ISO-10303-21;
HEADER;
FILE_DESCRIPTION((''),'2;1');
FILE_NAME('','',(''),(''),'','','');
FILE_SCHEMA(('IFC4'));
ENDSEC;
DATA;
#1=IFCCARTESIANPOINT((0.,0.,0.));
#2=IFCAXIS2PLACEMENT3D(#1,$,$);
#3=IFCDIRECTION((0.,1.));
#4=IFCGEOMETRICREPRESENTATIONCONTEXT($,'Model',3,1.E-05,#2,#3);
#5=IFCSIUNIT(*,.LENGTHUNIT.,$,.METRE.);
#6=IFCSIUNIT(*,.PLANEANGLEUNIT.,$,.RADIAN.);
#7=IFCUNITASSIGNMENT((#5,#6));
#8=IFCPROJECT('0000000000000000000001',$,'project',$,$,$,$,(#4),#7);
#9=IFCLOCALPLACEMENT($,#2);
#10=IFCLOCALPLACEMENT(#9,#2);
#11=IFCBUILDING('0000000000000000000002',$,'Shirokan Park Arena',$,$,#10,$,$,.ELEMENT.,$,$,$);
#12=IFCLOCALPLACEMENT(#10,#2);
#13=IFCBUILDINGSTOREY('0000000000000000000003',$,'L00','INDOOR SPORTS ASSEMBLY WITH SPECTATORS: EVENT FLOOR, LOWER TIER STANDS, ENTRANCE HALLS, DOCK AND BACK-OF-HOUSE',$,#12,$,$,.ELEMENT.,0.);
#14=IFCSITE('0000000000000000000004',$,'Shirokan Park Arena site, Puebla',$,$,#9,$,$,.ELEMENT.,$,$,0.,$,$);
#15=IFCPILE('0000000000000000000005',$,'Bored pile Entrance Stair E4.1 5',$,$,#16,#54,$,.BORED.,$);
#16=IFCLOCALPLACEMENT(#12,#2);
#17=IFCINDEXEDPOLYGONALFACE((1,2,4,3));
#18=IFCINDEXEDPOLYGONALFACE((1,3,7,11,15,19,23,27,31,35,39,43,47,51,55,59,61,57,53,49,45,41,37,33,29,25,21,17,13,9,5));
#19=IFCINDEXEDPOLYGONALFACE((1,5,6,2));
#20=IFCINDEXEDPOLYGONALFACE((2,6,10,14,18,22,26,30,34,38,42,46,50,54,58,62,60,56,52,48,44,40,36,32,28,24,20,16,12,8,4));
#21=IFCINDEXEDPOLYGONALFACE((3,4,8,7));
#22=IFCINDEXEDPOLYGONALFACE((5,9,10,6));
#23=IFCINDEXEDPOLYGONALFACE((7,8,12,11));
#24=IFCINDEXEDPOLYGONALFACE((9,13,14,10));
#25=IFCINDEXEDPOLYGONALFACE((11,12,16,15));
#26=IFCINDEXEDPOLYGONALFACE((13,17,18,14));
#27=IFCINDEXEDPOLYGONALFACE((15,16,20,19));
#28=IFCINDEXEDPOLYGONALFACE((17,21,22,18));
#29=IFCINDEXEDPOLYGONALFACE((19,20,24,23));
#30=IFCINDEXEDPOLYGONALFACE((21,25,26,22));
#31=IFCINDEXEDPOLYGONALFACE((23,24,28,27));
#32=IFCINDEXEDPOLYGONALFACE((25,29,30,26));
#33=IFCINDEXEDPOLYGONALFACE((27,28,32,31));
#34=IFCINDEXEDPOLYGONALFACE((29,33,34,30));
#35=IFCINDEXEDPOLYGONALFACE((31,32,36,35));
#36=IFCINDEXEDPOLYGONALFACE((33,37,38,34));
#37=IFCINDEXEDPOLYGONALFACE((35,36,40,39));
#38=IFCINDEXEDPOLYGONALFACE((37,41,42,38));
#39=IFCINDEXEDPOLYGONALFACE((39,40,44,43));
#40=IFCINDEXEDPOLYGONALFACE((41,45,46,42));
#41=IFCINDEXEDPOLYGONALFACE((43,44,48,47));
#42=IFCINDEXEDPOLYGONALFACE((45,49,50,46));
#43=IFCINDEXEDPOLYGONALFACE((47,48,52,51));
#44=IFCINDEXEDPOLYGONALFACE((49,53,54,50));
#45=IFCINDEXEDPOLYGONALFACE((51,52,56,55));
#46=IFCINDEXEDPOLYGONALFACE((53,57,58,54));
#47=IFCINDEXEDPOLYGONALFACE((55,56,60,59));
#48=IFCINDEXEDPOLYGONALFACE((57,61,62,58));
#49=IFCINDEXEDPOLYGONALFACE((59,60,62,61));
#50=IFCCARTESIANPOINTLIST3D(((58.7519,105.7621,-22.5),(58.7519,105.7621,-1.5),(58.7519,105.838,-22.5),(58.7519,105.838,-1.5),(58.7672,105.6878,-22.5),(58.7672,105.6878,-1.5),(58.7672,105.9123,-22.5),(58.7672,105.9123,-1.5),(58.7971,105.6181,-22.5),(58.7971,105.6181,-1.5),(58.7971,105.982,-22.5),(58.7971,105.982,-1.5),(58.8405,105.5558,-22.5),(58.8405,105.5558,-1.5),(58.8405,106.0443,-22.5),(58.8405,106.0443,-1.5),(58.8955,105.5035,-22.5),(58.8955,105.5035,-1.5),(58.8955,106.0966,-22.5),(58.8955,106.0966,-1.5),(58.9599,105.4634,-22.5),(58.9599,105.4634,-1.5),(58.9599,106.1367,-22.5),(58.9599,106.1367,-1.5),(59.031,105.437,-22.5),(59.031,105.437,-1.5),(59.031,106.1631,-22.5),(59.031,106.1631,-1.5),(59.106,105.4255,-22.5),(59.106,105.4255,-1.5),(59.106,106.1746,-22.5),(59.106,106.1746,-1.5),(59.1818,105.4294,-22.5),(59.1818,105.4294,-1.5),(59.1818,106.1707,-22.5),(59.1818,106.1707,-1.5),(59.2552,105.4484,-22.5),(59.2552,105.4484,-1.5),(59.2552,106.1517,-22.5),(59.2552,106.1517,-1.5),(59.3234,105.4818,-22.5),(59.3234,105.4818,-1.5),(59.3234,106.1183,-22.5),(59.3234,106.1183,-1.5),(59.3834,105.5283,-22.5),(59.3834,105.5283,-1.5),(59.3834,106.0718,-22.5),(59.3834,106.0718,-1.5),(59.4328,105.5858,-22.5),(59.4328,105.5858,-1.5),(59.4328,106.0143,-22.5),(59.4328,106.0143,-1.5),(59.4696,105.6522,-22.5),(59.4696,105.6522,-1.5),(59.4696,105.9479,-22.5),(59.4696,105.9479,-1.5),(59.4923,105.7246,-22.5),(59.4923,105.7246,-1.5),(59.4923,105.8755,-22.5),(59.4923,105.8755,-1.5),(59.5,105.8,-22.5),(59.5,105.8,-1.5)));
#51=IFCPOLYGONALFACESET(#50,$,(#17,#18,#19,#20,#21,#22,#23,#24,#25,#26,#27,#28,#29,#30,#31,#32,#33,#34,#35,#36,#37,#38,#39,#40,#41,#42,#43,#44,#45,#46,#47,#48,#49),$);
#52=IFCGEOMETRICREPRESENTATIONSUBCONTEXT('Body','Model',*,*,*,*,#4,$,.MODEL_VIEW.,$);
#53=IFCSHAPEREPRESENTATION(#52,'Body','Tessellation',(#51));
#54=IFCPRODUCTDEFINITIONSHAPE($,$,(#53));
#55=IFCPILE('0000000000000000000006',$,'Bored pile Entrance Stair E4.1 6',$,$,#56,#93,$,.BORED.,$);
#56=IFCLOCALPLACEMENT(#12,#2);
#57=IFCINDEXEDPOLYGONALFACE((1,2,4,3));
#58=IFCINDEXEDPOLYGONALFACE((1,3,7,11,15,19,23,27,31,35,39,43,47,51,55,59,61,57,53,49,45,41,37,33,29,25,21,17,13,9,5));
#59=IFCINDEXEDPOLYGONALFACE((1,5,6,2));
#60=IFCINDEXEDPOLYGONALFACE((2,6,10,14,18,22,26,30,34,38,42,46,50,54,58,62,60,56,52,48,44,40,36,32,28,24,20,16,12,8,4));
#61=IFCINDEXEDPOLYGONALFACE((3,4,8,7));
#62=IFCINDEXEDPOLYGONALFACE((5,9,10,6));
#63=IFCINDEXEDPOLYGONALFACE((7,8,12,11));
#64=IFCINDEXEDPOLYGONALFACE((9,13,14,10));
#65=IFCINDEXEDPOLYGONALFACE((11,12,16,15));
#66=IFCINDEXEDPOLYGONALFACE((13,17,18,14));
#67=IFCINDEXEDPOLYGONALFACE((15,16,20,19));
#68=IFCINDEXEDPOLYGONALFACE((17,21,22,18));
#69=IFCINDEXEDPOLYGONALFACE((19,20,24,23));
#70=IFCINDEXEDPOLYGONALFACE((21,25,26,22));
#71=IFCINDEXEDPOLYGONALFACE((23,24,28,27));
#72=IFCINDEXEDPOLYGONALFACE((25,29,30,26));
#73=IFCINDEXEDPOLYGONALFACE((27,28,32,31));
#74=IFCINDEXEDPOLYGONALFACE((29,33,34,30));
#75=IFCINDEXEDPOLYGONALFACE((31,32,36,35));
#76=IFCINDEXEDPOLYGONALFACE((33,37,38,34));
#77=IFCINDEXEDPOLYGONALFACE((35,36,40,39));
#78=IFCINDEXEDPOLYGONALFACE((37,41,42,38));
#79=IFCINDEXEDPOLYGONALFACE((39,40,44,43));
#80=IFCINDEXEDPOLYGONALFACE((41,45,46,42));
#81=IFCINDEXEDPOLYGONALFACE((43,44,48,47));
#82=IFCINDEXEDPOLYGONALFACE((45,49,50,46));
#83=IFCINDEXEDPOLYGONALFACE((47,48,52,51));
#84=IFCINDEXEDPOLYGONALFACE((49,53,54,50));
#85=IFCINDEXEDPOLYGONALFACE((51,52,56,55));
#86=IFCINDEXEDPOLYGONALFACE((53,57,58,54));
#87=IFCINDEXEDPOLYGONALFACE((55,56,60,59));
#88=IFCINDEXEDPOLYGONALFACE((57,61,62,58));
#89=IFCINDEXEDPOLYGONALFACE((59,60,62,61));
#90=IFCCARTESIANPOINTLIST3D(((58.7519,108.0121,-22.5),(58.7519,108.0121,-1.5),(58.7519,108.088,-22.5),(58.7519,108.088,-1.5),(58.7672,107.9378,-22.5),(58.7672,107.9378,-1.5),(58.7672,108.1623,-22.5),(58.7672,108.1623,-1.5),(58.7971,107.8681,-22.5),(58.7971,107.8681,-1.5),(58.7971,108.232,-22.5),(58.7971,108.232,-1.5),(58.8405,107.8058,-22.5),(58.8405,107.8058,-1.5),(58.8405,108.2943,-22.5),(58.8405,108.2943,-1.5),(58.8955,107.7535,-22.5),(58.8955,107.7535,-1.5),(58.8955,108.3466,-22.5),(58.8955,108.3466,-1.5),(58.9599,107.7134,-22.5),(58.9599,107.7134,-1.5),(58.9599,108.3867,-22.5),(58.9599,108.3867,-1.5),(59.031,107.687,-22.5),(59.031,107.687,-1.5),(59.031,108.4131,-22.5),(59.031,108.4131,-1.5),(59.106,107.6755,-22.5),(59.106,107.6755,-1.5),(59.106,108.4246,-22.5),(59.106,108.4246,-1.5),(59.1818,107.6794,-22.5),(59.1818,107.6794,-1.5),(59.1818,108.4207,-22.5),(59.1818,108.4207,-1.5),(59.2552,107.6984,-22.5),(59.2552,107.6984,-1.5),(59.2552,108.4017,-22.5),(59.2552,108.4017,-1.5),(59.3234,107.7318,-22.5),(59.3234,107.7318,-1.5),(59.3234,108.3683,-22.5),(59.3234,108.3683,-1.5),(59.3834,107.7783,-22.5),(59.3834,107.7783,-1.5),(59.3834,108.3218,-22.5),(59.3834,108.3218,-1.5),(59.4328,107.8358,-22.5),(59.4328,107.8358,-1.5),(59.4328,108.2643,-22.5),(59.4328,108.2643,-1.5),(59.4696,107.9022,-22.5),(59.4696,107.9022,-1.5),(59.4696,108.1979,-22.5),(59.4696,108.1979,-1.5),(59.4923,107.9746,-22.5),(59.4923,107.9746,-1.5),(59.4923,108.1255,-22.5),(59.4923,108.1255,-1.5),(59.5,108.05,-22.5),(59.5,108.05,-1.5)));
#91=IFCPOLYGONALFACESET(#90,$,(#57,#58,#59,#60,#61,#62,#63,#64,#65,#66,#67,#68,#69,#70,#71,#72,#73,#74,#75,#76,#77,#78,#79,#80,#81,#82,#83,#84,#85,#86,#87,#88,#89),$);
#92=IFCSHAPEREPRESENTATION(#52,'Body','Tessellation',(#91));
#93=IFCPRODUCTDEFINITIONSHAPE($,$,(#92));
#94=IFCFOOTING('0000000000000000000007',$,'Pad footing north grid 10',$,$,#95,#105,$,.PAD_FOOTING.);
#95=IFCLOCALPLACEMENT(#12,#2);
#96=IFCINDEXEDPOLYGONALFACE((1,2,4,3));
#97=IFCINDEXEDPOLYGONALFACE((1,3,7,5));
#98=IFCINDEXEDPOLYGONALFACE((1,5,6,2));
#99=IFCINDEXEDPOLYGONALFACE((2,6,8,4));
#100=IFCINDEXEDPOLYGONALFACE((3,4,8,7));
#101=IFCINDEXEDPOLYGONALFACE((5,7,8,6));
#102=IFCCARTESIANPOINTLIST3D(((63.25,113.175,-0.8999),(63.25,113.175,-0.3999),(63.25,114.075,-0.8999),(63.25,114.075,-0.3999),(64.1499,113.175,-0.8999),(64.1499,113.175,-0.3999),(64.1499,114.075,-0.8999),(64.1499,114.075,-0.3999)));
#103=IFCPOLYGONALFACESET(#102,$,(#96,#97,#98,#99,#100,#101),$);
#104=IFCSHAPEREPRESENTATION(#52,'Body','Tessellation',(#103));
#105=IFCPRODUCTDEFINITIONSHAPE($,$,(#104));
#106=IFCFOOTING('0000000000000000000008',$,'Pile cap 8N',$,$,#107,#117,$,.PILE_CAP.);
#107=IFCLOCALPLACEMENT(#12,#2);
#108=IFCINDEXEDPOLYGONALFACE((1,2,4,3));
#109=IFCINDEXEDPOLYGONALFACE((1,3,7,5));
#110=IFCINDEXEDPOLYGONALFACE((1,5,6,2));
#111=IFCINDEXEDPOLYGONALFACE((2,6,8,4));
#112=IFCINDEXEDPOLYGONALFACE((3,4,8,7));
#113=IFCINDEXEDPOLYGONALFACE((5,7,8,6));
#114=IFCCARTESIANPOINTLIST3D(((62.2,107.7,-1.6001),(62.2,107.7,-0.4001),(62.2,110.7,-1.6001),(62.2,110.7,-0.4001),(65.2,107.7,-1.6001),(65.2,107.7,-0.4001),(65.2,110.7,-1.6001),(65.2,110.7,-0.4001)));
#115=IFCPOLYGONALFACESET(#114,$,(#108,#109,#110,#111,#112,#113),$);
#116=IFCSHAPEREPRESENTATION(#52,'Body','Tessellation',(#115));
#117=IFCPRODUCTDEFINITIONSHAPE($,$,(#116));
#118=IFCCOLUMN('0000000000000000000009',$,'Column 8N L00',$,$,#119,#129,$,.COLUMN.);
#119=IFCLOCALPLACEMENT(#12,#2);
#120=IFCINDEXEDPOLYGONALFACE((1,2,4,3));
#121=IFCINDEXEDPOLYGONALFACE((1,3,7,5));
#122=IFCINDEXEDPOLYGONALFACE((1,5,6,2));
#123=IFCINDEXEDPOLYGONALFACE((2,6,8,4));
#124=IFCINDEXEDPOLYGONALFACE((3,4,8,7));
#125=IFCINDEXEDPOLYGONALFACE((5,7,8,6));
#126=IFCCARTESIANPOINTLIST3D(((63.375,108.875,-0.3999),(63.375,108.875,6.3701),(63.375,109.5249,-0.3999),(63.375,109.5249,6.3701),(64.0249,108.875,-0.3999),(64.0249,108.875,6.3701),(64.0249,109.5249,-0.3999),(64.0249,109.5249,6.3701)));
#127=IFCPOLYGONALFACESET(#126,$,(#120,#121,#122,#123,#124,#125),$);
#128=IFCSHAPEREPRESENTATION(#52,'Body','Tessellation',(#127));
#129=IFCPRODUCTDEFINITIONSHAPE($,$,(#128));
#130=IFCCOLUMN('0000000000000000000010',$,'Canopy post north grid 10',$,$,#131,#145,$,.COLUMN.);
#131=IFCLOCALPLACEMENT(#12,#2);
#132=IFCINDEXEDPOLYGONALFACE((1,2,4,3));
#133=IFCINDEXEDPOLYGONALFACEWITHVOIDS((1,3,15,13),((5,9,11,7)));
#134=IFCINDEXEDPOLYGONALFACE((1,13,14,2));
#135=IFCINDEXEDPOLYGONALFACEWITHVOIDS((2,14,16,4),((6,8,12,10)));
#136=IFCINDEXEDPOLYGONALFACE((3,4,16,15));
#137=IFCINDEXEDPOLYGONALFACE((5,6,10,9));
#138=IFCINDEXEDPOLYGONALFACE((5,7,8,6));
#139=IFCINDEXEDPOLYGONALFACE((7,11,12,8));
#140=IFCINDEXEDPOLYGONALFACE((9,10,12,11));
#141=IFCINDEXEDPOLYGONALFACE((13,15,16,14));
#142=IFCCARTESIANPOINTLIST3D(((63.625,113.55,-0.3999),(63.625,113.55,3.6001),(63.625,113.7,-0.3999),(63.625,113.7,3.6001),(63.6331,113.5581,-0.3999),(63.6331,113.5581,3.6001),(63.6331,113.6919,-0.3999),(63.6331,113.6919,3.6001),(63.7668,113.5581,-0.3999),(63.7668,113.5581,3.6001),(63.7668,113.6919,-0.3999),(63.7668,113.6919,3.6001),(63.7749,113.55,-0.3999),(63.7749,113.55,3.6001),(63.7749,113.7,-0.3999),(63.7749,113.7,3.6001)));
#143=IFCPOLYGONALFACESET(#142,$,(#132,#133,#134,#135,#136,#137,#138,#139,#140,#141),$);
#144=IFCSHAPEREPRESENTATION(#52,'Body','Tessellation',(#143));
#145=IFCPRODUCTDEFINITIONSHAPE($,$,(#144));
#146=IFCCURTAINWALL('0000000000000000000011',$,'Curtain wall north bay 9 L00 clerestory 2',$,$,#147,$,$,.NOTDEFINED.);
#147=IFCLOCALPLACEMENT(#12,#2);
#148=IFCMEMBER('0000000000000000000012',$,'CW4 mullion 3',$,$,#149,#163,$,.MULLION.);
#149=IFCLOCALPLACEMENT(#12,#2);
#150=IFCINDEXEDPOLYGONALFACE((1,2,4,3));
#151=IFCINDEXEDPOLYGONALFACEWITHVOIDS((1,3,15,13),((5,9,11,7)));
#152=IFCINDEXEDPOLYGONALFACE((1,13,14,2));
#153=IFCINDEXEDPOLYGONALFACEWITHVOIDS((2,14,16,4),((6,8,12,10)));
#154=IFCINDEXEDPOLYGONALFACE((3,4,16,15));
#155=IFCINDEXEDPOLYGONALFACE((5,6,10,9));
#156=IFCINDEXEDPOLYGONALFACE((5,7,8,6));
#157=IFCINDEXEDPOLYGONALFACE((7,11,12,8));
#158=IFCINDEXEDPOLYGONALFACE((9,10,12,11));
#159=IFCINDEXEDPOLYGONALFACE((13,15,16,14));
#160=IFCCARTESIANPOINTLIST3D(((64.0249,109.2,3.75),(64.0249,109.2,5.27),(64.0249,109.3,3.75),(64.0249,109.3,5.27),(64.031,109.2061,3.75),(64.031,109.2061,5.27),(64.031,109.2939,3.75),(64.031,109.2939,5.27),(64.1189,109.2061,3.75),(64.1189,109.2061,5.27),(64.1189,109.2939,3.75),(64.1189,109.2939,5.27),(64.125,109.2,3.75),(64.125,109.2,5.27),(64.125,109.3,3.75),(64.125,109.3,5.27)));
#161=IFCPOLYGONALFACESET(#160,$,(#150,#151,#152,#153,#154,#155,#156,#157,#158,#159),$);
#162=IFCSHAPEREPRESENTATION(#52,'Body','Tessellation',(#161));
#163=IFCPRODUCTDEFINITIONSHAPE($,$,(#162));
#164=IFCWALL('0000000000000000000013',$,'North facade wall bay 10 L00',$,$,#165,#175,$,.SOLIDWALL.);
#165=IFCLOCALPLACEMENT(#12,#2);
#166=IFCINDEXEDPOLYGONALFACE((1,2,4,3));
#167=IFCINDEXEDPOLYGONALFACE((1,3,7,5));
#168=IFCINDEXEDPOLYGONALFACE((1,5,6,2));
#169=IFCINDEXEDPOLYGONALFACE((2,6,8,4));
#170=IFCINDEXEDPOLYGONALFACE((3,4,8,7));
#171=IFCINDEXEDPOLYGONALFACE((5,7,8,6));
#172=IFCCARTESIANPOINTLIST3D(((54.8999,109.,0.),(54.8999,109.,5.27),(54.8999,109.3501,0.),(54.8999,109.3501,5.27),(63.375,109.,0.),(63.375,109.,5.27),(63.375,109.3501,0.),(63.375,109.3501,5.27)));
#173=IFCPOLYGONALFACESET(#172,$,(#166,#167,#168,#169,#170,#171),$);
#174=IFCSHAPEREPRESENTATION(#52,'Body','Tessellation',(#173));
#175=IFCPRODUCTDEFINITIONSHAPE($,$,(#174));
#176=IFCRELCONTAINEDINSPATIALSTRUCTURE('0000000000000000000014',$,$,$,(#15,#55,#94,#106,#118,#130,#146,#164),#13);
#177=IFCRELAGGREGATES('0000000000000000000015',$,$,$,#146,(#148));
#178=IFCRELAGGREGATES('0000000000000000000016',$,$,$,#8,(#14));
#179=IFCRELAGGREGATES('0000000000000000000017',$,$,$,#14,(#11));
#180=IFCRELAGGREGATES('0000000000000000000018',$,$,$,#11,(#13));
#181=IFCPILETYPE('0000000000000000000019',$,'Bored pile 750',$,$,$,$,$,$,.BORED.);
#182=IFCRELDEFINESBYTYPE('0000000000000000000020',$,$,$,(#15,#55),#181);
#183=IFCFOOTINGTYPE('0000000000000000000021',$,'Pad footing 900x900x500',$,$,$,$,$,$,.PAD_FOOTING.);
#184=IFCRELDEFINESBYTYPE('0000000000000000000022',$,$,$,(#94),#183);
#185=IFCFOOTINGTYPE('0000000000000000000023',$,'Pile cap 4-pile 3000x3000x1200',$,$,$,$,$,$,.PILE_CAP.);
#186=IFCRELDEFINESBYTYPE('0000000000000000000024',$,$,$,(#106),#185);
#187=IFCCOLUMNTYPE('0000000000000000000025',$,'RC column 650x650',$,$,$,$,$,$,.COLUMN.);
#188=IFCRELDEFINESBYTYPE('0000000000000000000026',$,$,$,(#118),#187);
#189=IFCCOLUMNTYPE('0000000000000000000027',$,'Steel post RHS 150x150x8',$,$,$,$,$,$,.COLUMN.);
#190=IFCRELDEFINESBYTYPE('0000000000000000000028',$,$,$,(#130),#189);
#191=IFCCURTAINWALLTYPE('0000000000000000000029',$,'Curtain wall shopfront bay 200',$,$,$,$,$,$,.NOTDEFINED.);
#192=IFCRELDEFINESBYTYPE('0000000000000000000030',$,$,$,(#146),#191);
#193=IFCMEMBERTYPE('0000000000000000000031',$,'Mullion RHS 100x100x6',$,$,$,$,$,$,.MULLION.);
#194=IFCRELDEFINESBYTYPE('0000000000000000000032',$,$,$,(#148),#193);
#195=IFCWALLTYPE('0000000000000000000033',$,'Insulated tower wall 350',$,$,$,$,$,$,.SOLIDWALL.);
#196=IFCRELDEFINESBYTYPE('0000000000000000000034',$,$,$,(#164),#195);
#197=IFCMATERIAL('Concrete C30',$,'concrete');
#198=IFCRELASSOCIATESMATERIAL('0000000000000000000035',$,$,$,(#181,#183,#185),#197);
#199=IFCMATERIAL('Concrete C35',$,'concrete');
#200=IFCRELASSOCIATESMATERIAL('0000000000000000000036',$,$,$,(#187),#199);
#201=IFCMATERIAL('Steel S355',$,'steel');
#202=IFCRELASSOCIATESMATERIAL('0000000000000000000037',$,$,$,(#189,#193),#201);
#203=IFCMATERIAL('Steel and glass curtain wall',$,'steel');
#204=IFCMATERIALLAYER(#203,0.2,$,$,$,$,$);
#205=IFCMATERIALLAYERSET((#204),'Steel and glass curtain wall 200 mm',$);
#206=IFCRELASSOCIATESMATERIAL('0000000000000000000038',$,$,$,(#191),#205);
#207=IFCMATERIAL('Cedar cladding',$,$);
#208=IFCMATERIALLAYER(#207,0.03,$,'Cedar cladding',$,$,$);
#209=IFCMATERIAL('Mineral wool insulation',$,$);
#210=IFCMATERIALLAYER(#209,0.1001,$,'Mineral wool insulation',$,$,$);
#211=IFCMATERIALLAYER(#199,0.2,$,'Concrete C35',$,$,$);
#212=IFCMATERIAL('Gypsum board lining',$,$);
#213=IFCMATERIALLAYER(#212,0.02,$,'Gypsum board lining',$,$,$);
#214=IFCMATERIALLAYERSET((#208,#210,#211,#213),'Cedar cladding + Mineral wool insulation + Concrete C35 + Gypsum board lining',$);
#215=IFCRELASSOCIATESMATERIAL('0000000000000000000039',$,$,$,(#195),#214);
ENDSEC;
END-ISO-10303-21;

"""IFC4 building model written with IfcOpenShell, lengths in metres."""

from ifc_helpers import new_model, si_unit, direction, frame, frame_2d, origin, origin_2d, place, context, subcontext, project, spatial, rectangle, hollow_rectangle, circle, extrude, material, layer, layer_set, material_profile, profile_set, type_object, element, aggregate, save


model = new_model("IFC4")

# Units and contexts
model_context = context("Model", 3, precision=1e-05, world=origin(), true_north=direction((0.0, 1.0)))
body_context = subcontext(model_context, "Body", "Model", "MODEL_VIEW")
ifc_project = project(units=[si_unit("LENGTHUNIT", "METRE"), si_unit("PLANEANGLEUNIT", "RADIAN")], contexts=[model_context])

# Site, building, storey
site_placement = place(None, origin())
site = spatial("IfcSite", under=ifc_project, at=site_placement, Name="Shirokan Park Arena site, Puebla", CompositionType="ELEMENT", RefElevation=0.0)
building_placement = place(site_placement, origin())
building = spatial("IfcBuilding", under=site, at=building_placement, Name="Shirokan Park Arena", CompositionType="ELEMENT")
storey_placement = place(building_placement, origin())
storey = spatial("IfcBuildingStorey", under=building, at=storey_placement, Name="L00", Description="INDOOR SPORTS ASSEMBLY WITH SPECTATORS: EVENT FLOOR, LOWER TIER STANDS, ENTRANCE HALLS, DOCK AND BACK-OF-HOUSE", CompositionType="ELEMENT", Elevation=0.0)

# Piles
ifc_material_1 = material(Name="Concrete C30", Category="concrete")
ifc_material_profile_1 = material_profile(ifc_material_1, circle(Radius=0.375, at=origin_2d()), Name="D750")
ifc_profile_set_1 = profile_set([ifc_material_profile_1], Name="Concrete C30")
pile_type_1 = type_object("IfcPileType", Name="Bored pile 750", PredefinedType="BORED", material=ifc_profile_set_1)
for number, where, z_axis, x_axis, name in (
    (1, (59.125, 105.8, -1.5), (0.0, 0.0, -1.0), (1.0, 0.0, 0.0), "Bored pile Entrance Stair E4.1 5"),
    (2, (59.125, 108.05, -1.5), (0.0, 0.0, -1.0), (1.0, 0.0, 0.0), "Bored pile Entrance Stair E4.1 6"),
):
    element("IfcPile", number, at=place(storey_placement, frame(where, z_axis=z_axis, x_axis=x_axis)), inside=storey, type_object=pile_type_1, Name=name, PredefinedType="BORED", context=body_context, shape_type="SweptSolid", body=[
        extrude(circle(Radius=0.375, at=origin_2d()), origin(), (0.0, 0.0, 1.0), 21.0),
    ])

# Footings
footing_type_1 = type_object("IfcFootingType", Name="Pad footing 900x900x500", PredefinedType="PAD_FOOTING", material=ifc_material_1)
footing_1_placement = place(storey_placement, frame((63.7, 113.625, -0.8999), z_axis=(0.0, 0.0, 1.0), x_axis=(1.0, 0.0, 0.0)))
element("IfcFooting", 3, at=footing_1_placement, inside=storey, type_object=footing_type_1, Name="Pad footing north grid 10", PredefinedType="PAD_FOOTING", context=body_context, shape_type="SweptSolid", body=[
    extrude(rectangle(XDim=0.8999, YDim=0.8999, at=origin_2d()), origin(), (0.0, 0.0, 1.0), 0.5),
])
footing_type_2 = type_object("IfcFootingType", Name="Pile cap 4-pile 3000x3000x1200", PredefinedType="PILE_CAP", material=ifc_material_1)
footing_2_placement = place(storey_placement, frame((63.7, 109.2, -1.6001), z_axis=(0.0, 0.0, 1.0), x_axis=(1.0, 0.0, 0.0)))
element("IfcFooting", 4, at=footing_2_placement, inside=storey, type_object=footing_type_2, Name="Pile cap 8N", PredefinedType="PILE_CAP", context=body_context, shape_type="SweptSolid", body=[
    extrude(rectangle(XDim=3.0, YDim=3.0, at=origin_2d()), origin(), (0.0, 0.0, 1.0), 1.2),
])

# Columns
ifc_material_2 = material(Name="Concrete C35", Category="concrete")
ifc_material_profile_2 = material_profile(ifc_material_2, rectangle(XDim=0.6499, YDim=0.6499, at=origin_2d()), Name="650x650")
ifc_profile_set_2 = profile_set([ifc_material_profile_2], Name="Concrete C35")
column_type_1 = type_object("IfcColumnType", Name="RC column 650x650", PredefinedType="COLUMN", material=ifc_profile_set_2)
column_1_placement = place(storey_placement, frame((63.7, 109.2, -0.3999), z_axis=(0.0, 0.0, 1.0), x_axis=(1.0, 0.0, 0.0)))
element("IfcColumn", 5, at=column_1_placement, inside=storey, type_object=column_type_1, Name="Column 8N L00", PredefinedType="COLUMN", context=body_context, shape_type="SweptSolid", body=[
    extrude(rectangle(XDim=0.6499, YDim=0.6499, at=origin_2d()), origin(), (0.0, 0.0, 1.0), 6.77),
])
ifc_material_3 = material(Name="Steel S355", Category="steel")
ifc_material_profile_3 = material_profile(ifc_material_3, hollow_rectangle(XDim=0.1499, YDim=0.1499, WallThickness=0.0081, at=origin_2d()), Name="RHS 150x150x8")
ifc_profile_set_3 = profile_set([ifc_material_profile_3], Name="Steel S355")
column_type_2 = type_object("IfcColumnType", Name="Steel post RHS 150x150x8", PredefinedType="COLUMN", material=ifc_profile_set_3)
column_2_placement = place(storey_placement, frame((63.7, 113.625, -0.3999), z_axis=(0.0, 0.0, 1.0), x_axis=(1.0, 0.0, 0.0)))
element("IfcColumn", 6, at=column_2_placement, inside=storey, type_object=column_type_2, Name="Canopy post north grid 10", PredefinedType="COLUMN", context=body_context, shape_type="SweptSolid", body=[
    extrude(hollow_rectangle(XDim=0.1499, YDim=0.1499, WallThickness=0.0081, at=origin_2d()), origin(), (0.0, 0.0, 1.0), 4.0),
])

# Curtain wall, member
ifc_material_4 = material(Name="Steel and glass curtain wall", Category="steel")
ifc_layer_1 = layer(ifc_material_4, 0.2)
ifc_layer_set_1 = layer_set([ifc_layer_1], Name="Steel and glass curtain wall 200 mm")
curtain_wall_type = type_object("IfcCurtainWallType", Name="Curtain wall shopfront bay 200", PredefinedType="NOTDEFINED", material=ifc_layer_set_1)
curtain_wall_placement = place(storey_placement, origin())
curtain_wall = element("IfcCurtainWall", 7, at=curtain_wall_placement, inside=storey, type_object=curtain_wall_type, Name="Curtain wall north bay 9 L00 clerestory 2", PredefinedType="NOTDEFINED")
ifc_material_profile_4 = material_profile(ifc_material_3, hollow_rectangle(XDim=0.1001, YDim=0.1001, WallThickness=0.0061, at=origin_2d()), Name="RHS 100x100x6")
ifc_profile_set_4 = profile_set([ifc_material_profile_4], Name="Steel S355")
member_type = type_object("IfcMemberType", Name="Mullion RHS 100x100x6", PredefinedType="MULLION", material=ifc_profile_set_4)
member_placement = place(storey_placement, frame((64.075, 109.25, 3.75), z_axis=(0.0, 0.0, 1.0), x_axis=(0.0, -1.0, 0.0)))
member = element("IfcMember", 8, at=member_placement, type_object=member_type, Name="CW4 mullion 3", PredefinedType="MULLION", context=body_context, shape_type="SweptSolid", body=[
    extrude(hollow_rectangle(XDim=0.1001, YDim=0.1001, WallThickness=0.0061, at=origin_2d()), origin(), (0.0, 0.0, 1.0), 1.52),
])
aggregate(curtain_wall, [member])

# Wall
ifc_material_5 = material(Name="Cedar cladding")
ifc_layer_2 = layer(ifc_material_5, 0.03, Name="Cedar cladding")
ifc_material_6 = material(Name="Mineral wool insulation")
ifc_layer_3 = layer(ifc_material_6, 0.1001, Name="Mineral wool insulation")
ifc_layer_4 = layer(ifc_material_2, 0.2, Name="Concrete C35")
ifc_material_7 = material(Name="Gypsum board lining")
ifc_layer_5 = layer(ifc_material_7, 0.02, Name="Gypsum board lining")
ifc_layer_set_2 = layer_set([ifc_layer_2, ifc_layer_3, ifc_layer_4, ifc_layer_5], Name="Cedar cladding + Mineral wool insulation + Concrete C35 + Gypsum board lining")
wall_type_1 = type_object("IfcWallType", Name="Insulated tower wall 350", PredefinedType="SOLIDWALL", material=ifc_layer_set_2)
wall_1_placement = place(storey_placement, frame((63.375, 109.175, 0.0), z_axis=(0.0, 0.0, 1.0), x_axis=(-1.0, 0.0, 0.0)))
element("IfcWall", 9, at=wall_1_placement, inside=storey, type_object=wall_type_1, Name="North facade wall bay 10 L00", PredefinedType="SOLIDWALL", context=body_context, shape_type="SweptSolid", body=[
    extrude(rectangle(XDim=8.4751, YDim=0.3501, at=frame_2d((4.2375, 0.0))), origin(), (0.0, 0.0, 1.0), 5.27),
])

save(model, "model.ifc")
